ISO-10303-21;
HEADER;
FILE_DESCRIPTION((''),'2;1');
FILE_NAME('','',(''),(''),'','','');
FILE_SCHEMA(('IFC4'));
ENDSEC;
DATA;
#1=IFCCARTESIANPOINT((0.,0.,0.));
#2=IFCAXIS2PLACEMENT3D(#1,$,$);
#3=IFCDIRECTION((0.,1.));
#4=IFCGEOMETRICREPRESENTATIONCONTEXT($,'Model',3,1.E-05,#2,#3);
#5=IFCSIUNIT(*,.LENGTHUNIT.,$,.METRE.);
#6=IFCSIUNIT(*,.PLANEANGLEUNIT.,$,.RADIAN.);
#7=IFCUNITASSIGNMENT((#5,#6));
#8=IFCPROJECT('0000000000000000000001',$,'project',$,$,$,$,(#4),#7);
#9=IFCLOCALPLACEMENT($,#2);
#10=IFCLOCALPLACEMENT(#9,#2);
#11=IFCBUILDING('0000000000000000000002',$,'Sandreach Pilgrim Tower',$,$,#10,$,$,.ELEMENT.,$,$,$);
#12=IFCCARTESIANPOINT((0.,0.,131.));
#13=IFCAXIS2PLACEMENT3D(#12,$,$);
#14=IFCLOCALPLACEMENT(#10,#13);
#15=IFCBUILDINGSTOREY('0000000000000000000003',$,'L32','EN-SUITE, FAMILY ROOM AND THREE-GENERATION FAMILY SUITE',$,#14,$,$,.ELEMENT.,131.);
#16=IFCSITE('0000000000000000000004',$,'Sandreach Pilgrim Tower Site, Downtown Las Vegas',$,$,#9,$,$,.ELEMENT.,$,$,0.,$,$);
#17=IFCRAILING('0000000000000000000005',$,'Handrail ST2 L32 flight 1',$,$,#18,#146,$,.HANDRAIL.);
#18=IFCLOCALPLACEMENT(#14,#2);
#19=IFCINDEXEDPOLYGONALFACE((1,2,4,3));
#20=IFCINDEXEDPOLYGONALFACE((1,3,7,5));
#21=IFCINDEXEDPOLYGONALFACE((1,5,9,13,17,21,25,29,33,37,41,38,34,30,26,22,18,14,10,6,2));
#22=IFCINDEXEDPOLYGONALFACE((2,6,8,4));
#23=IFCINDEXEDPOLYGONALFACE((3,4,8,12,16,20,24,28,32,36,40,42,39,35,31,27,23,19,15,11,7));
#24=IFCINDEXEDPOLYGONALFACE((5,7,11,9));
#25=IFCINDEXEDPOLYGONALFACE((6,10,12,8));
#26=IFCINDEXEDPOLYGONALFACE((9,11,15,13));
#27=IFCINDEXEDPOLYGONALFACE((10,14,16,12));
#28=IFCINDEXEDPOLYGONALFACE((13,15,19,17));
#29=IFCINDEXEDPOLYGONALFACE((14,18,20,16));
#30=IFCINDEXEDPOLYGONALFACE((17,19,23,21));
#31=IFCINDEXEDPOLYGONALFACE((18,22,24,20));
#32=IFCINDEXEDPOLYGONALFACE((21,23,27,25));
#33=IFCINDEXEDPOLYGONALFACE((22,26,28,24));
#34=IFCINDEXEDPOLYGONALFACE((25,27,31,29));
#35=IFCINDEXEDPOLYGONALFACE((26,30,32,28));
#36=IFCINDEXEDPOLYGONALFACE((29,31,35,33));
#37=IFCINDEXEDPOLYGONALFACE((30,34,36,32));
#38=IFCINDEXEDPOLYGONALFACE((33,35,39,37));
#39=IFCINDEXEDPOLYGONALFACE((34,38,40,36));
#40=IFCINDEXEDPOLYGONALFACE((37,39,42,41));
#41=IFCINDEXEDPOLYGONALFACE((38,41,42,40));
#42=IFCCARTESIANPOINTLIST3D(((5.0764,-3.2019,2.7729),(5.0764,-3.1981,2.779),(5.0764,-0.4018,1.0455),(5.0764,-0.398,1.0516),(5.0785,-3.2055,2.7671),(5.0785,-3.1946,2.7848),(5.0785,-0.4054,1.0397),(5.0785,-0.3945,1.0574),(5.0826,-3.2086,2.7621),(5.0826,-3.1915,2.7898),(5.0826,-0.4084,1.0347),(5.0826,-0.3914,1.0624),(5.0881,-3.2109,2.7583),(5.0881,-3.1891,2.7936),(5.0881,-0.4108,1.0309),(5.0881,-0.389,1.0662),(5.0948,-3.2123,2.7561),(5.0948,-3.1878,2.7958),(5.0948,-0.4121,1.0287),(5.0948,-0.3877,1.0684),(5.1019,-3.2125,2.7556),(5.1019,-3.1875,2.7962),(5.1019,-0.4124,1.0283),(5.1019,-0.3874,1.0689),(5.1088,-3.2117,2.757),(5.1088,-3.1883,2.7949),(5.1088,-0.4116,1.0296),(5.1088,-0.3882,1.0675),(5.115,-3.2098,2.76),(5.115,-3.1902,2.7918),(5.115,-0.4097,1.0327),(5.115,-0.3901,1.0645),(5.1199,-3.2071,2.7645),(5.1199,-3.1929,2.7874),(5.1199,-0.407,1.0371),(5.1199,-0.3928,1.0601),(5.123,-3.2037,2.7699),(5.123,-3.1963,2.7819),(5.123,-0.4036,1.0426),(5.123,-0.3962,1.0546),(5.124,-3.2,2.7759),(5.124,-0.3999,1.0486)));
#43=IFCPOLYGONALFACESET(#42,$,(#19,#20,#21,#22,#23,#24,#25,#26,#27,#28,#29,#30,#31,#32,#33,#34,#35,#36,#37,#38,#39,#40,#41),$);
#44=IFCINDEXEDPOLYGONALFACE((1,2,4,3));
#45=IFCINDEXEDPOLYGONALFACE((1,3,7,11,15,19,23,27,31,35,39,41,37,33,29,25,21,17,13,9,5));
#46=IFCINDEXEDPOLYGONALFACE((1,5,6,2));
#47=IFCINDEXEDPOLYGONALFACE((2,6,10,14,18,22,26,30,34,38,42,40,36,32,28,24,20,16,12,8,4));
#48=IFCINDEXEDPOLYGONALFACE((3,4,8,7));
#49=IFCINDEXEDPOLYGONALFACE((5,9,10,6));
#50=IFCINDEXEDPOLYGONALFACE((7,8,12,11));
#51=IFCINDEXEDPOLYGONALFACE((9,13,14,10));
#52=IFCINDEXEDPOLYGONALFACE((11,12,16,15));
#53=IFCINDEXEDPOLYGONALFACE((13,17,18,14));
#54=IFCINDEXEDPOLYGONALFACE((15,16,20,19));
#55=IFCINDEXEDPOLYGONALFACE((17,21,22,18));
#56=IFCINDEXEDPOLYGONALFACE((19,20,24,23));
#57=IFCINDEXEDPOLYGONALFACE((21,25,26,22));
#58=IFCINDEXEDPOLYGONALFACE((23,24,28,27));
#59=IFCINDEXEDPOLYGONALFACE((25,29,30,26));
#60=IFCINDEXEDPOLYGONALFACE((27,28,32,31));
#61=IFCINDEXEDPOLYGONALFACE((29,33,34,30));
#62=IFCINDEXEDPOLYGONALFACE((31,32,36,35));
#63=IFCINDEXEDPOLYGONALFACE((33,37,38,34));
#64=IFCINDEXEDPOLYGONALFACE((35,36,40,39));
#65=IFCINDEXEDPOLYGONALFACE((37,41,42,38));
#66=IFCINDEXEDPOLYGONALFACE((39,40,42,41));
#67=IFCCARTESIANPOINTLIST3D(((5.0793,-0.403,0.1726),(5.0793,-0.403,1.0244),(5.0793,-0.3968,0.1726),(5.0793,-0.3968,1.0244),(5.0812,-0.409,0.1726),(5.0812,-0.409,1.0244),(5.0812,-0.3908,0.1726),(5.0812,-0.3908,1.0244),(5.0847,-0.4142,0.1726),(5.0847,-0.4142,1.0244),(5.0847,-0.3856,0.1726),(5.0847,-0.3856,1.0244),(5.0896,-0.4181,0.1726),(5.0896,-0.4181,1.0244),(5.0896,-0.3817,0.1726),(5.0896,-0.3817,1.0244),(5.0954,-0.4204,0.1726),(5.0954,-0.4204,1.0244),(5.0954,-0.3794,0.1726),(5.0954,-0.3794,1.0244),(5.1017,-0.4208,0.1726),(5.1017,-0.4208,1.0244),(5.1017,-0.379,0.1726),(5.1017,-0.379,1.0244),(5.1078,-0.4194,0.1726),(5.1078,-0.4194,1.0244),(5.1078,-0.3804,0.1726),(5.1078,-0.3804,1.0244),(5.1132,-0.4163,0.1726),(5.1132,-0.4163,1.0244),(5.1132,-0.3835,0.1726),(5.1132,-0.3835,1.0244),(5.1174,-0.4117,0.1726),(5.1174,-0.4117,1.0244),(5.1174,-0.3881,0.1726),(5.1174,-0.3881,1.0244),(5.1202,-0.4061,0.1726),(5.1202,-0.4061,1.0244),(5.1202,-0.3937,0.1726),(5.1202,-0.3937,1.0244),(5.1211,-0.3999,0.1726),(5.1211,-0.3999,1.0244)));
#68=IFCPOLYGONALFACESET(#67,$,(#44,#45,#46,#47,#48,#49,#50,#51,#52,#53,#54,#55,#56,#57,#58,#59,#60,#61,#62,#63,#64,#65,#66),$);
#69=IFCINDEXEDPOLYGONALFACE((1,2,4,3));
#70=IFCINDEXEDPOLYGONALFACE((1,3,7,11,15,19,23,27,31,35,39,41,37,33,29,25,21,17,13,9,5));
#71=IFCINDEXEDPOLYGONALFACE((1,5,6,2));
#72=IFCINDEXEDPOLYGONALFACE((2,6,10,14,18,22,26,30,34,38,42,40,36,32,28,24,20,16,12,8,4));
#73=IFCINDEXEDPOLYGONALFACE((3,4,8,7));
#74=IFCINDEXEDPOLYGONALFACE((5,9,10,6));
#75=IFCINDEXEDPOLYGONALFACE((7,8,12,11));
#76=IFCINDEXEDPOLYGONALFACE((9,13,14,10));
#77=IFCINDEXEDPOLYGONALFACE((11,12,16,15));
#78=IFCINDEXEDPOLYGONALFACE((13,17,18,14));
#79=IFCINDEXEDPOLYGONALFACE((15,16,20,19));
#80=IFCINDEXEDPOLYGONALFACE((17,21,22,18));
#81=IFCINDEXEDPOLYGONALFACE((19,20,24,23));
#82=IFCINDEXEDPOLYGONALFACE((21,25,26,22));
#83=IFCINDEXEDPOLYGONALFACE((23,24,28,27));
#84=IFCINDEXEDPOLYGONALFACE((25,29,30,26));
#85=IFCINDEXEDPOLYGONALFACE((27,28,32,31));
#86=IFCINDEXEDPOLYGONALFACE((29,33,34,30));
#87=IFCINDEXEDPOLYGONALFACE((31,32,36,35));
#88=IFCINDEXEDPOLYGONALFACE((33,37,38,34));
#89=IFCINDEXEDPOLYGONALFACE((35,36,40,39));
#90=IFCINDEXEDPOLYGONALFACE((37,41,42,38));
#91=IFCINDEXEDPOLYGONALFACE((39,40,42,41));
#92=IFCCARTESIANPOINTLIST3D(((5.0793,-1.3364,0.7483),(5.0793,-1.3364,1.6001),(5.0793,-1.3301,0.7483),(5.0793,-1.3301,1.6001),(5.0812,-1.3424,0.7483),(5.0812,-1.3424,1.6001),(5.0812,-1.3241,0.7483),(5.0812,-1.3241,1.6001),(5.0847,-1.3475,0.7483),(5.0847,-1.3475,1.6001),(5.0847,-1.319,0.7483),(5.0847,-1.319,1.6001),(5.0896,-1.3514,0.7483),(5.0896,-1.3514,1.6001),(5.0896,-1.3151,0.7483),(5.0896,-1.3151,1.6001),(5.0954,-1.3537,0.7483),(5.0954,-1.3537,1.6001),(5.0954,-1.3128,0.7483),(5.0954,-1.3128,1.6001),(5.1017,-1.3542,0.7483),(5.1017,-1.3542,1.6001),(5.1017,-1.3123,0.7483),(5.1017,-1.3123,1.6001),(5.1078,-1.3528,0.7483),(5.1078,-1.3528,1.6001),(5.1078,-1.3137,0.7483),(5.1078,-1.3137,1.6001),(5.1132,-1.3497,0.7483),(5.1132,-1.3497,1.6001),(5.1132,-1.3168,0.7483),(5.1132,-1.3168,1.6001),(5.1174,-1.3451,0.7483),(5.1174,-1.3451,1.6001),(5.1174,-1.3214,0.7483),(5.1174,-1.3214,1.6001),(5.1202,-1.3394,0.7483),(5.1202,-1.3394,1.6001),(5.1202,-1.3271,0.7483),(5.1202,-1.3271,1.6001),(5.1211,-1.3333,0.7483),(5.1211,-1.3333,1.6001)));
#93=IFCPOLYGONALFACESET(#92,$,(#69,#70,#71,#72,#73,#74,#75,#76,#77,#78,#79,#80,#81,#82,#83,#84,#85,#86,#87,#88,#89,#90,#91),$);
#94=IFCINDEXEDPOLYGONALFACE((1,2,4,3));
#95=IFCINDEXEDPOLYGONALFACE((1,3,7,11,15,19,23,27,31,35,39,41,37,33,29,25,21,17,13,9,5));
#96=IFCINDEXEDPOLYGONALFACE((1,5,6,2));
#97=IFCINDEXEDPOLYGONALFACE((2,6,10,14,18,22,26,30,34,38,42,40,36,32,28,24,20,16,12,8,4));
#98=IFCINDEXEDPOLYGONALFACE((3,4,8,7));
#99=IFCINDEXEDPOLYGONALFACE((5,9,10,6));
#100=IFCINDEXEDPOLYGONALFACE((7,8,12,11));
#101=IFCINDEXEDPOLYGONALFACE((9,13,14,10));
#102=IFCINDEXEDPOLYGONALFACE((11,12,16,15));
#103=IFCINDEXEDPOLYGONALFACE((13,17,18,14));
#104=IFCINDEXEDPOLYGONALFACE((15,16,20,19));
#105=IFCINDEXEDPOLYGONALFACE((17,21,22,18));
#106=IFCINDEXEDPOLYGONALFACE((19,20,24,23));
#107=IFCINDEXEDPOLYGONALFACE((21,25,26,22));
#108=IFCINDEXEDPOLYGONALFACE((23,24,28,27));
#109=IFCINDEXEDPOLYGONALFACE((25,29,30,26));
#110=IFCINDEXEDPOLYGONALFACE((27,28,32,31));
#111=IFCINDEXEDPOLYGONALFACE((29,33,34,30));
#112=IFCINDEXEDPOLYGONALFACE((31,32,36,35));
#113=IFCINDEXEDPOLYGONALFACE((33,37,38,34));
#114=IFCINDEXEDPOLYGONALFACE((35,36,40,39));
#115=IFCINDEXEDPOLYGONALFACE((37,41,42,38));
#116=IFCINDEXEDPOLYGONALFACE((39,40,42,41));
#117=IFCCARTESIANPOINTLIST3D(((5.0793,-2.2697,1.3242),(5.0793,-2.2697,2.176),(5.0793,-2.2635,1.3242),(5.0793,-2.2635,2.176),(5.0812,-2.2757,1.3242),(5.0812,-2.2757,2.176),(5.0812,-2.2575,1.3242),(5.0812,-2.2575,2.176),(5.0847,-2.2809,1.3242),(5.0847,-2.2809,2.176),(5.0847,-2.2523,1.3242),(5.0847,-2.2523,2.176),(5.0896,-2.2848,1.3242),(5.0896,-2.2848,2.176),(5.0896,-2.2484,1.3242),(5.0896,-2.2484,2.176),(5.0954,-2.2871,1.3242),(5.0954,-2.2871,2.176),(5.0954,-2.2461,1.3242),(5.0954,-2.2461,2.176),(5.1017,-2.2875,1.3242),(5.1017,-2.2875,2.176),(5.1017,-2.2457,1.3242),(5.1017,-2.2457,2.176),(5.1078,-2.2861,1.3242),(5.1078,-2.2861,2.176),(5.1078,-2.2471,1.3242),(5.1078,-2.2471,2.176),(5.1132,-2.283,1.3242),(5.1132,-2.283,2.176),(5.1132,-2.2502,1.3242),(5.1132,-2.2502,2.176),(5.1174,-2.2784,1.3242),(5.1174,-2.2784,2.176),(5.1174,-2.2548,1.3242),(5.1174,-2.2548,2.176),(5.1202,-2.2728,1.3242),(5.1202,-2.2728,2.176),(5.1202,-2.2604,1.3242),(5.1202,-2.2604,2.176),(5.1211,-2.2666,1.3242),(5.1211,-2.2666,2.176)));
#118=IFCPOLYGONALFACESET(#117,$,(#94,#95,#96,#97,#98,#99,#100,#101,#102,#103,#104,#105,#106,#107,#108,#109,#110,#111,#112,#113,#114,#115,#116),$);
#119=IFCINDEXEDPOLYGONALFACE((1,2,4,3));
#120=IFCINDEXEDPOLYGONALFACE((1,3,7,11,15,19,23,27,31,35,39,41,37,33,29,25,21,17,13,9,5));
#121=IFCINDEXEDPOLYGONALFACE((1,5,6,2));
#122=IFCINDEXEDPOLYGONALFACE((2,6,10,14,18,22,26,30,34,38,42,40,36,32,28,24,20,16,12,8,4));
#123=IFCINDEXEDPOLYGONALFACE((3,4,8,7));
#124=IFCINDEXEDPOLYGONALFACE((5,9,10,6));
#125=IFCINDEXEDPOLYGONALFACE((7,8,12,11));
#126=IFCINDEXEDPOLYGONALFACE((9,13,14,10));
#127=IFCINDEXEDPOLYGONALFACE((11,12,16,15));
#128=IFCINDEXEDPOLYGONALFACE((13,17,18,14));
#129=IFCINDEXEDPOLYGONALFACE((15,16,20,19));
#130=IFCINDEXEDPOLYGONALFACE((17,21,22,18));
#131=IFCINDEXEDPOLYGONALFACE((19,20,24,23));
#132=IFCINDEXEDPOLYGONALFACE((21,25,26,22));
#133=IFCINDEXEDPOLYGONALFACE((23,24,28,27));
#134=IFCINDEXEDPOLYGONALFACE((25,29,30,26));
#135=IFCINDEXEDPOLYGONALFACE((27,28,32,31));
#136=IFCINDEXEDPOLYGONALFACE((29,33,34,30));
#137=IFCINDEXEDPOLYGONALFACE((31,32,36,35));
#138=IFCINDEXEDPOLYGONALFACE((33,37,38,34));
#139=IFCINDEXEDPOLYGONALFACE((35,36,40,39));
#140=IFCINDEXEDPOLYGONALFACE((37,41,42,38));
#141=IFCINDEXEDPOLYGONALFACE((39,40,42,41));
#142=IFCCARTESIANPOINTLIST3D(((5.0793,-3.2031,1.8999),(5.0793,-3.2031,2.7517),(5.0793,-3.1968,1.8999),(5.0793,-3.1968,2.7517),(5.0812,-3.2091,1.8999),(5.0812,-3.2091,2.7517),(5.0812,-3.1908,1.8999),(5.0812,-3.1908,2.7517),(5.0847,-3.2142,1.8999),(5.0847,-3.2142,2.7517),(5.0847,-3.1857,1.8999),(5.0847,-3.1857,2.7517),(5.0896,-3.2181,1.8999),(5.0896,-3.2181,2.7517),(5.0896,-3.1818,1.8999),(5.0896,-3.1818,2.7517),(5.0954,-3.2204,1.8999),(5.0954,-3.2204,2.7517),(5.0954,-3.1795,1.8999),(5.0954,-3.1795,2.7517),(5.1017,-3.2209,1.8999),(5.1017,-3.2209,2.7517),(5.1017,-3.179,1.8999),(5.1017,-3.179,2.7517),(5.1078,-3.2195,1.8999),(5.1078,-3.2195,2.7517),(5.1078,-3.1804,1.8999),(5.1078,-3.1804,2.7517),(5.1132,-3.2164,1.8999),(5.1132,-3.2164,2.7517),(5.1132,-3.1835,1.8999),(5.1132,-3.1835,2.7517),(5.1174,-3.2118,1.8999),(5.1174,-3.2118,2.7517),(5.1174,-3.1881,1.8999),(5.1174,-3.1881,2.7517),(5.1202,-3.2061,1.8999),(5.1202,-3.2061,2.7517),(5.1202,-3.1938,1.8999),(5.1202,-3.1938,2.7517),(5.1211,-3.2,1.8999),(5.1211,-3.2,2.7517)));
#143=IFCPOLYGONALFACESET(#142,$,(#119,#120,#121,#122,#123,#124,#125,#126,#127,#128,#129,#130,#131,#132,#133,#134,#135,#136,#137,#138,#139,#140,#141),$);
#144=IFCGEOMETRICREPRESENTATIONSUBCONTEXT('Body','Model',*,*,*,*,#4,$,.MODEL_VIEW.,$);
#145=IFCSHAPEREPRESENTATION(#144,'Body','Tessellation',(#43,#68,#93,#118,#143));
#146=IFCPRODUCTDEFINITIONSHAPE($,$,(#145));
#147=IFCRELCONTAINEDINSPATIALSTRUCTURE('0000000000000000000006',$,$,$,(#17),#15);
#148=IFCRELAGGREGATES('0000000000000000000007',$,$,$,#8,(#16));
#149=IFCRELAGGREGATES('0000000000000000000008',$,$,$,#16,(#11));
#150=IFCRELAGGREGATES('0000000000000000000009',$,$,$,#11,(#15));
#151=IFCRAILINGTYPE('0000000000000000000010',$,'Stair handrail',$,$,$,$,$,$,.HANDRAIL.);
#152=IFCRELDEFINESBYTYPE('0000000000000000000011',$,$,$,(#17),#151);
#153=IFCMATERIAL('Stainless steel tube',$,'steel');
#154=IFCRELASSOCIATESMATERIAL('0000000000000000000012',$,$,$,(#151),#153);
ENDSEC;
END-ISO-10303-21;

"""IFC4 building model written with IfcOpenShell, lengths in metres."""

from ifc_helpers import new_model, si_unit, direction, frame, origin, origin_2d, place, context, subcontext, project, spatial, circle, extrude, material, type_object, element, save


model = new_model("IFC4")

# Units and contexts
model_context = context("Model", 3, precision=1e-05, world=origin(), true_north=direction((0.0, 1.0)))
body_context = subcontext(model_context, "Body", "Model", "MODEL_VIEW")
ifc_project = project(units=[si_unit("LENGTHUNIT", "METRE"), si_unit("PLANEANGLEUNIT", "RADIAN")], contexts=[model_context])

# Site, building, storey
site_placement = place(None, origin())
site = spatial("IfcSite", under=ifc_project, at=site_placement, Name="Sandreach Pilgrim Tower Site, Downtown Las Vegas", CompositionType="ELEMENT", RefElevation=0.0)
building_placement = place(site_placement, origin())
building = spatial("IfcBuilding", under=site, at=building_placement, Name="Sandreach Pilgrim Tower", CompositionType="ELEMENT")
storey_placement = place(building_placement, frame((0.0, 0.0, 131.0)))
storey = spatial("IfcBuildingStorey", under=building, at=storey_placement, Name="L32", Description="EN-SUITE, FAMILY ROOM AND THREE-GENERATION FAMILY SUITE", CompositionType="ELEMENT", Elevation=131.0)

# Railing
ifc_material_1 = material(Name="Stainless steel tube", Category="steel")
railing_type = type_object("IfcRailingType", Name="Stair handrail", PredefinedType="HANDRAIL", material=ifc_material_1)
for number, where, name in (
    (1, (5.1001, -0.3999, 0.1726), "Handrail ST2 L32 flight 1"),
):
    element("IfcRailing", number, at=place(storey_placement, frame(where)), inside=storey, type_object=railing_type, Name=name, PredefinedType="HANDRAIL", context=body_context, shape_type="SweptSolid", body=[
        extrude(circle(Radius=0.0239, at=origin_2d()), frame((0.0, 0.0, 0.876), z_axis=(0.0, -0.85109, 0.52502), x_axis=(1.0, 0.0, 0.0)), (0.0, 0.0, 1.0), 3.29),
        extrude(circle(Radius=0.021, at=origin_2d()), origin(), (0.0, 0.0, 1.0), 0.8518),
        extrude(circle(Radius=0.021, at=origin_2d()), frame((0.0, -0.9333, 0.5757)), (0.0, 0.0, 1.0), 0.8518),
        extrude(circle(Radius=0.021, at=origin_2d()), frame((0.0, -1.8667, 1.1516)), (0.0, 0.0, 1.0), 0.8518),
        extrude(circle(Radius=0.021, at=origin_2d()), frame((0.0, -2.8, 1.7273)), (0.0, 0.0, 1.0), 0.8518),
    ])

save(model, "model.ifc")
